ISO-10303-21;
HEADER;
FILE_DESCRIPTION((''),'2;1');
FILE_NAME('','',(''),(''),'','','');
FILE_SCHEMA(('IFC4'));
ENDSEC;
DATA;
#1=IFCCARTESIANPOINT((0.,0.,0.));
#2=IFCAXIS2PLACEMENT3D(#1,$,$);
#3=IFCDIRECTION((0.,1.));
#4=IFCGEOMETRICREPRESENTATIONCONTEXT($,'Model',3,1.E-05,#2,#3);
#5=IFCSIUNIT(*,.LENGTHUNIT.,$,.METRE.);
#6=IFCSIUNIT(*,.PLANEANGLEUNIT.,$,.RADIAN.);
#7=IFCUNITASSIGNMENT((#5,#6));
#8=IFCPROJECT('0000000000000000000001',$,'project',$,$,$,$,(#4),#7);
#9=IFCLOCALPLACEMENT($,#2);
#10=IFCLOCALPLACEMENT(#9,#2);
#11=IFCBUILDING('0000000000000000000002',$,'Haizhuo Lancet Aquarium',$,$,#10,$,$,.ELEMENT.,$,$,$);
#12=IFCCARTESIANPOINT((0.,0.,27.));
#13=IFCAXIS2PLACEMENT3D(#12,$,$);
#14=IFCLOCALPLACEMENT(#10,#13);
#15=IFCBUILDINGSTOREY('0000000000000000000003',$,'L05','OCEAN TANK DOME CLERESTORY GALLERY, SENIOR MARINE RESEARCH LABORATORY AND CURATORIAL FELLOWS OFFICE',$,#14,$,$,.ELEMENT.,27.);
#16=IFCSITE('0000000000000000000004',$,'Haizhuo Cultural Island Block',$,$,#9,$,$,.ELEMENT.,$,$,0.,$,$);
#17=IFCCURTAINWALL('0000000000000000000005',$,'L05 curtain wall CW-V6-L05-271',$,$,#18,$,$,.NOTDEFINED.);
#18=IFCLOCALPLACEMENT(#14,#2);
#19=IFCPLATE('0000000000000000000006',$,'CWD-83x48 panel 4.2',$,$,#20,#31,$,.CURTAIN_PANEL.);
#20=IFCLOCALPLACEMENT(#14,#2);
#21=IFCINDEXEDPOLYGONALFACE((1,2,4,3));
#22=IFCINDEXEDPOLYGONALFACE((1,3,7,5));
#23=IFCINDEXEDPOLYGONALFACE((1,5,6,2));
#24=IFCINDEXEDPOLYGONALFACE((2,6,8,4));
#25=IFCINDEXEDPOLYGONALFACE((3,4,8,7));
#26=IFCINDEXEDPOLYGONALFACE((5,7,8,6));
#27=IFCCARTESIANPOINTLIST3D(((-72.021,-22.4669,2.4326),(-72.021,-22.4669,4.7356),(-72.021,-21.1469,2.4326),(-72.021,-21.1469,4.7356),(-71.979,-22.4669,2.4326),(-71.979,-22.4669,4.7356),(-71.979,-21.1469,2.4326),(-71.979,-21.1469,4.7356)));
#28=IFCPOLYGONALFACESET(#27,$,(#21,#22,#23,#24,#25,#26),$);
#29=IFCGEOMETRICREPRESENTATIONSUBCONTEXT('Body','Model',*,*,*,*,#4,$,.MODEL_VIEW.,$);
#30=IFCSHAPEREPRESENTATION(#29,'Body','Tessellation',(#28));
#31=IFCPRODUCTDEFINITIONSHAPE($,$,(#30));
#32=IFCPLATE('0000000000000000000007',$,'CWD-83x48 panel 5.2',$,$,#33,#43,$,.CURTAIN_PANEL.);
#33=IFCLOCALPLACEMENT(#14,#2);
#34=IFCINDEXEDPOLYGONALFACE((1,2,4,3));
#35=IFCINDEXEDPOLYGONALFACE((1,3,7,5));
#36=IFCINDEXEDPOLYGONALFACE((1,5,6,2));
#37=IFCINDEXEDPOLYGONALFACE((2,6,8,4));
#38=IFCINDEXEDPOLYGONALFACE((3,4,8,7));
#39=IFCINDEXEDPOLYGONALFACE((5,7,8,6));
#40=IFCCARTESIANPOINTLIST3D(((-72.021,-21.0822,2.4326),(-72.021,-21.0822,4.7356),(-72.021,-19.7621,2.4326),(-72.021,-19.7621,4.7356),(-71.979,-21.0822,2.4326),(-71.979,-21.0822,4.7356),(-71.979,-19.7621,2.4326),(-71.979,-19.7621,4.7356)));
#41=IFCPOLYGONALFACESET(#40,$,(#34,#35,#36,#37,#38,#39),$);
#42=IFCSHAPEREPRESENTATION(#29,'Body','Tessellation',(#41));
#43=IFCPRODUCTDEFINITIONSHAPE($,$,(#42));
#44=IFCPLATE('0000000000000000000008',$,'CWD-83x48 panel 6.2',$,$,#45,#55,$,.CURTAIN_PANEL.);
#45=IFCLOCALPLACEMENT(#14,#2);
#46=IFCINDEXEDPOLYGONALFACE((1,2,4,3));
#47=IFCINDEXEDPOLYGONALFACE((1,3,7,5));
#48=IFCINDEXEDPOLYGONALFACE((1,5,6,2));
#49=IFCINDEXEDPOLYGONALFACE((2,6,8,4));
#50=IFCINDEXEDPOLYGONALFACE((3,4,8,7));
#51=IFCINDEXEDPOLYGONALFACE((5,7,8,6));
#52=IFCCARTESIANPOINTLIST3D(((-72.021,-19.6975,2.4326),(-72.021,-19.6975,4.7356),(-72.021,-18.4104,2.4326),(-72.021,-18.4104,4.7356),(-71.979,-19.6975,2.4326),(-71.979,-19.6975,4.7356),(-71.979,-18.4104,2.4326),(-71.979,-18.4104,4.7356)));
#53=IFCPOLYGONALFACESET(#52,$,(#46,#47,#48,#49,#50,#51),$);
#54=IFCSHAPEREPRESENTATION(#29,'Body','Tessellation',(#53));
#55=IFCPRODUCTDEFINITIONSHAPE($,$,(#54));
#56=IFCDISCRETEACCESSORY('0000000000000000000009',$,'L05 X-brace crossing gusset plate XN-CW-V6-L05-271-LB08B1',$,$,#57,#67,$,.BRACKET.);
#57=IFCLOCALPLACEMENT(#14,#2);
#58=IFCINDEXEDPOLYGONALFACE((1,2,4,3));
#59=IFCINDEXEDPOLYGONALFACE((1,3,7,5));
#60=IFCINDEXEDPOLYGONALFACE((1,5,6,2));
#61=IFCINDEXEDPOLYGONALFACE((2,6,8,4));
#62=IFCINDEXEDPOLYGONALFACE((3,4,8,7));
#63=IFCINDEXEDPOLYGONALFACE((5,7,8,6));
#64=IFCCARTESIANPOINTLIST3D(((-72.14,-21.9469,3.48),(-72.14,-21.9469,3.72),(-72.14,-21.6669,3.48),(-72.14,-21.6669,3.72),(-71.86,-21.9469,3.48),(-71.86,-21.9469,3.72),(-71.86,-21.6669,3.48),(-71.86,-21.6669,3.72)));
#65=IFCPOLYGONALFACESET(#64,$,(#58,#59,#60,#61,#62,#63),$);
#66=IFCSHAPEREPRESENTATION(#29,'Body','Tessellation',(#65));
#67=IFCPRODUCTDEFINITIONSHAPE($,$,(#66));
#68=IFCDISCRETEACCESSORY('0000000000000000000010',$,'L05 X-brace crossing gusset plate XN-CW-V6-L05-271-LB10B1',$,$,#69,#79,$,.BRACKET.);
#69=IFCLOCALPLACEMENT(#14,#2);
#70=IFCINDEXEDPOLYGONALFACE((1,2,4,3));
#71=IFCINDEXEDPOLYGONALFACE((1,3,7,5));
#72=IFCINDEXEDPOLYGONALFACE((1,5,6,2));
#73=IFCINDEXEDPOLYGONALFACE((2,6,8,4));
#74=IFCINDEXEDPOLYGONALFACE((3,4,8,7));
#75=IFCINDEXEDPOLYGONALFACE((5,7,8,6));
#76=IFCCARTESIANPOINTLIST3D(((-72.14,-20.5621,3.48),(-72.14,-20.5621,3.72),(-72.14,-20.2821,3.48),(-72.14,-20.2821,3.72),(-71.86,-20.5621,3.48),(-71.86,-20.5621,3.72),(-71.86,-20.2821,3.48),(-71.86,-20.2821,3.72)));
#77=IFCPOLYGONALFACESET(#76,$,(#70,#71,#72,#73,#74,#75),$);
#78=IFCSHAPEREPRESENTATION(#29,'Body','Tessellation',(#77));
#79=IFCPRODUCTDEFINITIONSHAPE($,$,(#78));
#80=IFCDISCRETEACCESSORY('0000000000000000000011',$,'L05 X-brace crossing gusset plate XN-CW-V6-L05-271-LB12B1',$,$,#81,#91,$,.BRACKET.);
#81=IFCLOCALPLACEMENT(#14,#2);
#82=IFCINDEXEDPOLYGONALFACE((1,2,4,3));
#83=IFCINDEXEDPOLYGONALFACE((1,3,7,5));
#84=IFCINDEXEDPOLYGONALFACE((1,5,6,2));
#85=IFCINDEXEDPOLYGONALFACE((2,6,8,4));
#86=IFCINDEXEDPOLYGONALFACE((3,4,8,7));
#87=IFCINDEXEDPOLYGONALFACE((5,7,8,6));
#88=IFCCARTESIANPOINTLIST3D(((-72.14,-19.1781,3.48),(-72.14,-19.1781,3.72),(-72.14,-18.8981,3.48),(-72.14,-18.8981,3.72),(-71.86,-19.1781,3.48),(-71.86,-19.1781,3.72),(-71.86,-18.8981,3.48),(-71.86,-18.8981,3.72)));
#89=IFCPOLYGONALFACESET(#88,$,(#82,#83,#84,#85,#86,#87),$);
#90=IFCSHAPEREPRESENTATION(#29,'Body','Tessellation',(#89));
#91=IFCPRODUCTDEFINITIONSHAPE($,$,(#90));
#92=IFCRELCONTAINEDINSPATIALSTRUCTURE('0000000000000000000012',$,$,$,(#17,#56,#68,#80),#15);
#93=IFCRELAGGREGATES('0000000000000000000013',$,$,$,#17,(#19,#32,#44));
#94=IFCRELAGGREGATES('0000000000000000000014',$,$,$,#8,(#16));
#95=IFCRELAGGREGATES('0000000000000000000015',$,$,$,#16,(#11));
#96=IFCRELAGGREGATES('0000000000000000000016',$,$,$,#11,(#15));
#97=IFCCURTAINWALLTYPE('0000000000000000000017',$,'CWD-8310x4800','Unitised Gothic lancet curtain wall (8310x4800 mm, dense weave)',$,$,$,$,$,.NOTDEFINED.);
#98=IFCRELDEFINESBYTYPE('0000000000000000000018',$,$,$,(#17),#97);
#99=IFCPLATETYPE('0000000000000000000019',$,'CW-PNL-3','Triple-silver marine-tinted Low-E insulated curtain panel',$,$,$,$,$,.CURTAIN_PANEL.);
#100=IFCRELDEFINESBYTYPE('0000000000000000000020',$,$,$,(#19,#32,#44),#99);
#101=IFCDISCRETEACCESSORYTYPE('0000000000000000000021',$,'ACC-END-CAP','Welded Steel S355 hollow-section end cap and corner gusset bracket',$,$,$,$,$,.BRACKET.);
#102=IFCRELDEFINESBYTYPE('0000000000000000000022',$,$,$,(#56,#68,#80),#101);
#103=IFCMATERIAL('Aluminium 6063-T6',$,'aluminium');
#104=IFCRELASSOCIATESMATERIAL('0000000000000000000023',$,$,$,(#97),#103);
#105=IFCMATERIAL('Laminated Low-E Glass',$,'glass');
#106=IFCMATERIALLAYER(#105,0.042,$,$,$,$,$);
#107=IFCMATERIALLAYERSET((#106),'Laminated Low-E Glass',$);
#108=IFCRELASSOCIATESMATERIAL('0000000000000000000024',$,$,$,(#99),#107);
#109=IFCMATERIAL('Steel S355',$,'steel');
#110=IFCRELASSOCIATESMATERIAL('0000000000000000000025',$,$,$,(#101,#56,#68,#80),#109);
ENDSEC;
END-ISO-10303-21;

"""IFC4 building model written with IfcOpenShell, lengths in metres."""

from ifc_helpers import new_model, si_unit, direction, frame, origin, origin_2d, place, context, subcontext, project, spatial, rectangle, extrude, material, layer, layer_set, type_object, element, aggregate, save


model = new_model("IFC4")

# Units and contexts
model_context = context("Model", 3, precision=1e-05, world=origin(), true_north=direction((0.0, 1.0)))
body_context = subcontext(model_context, "Body", "Model", "MODEL_VIEW")
ifc_project = project(units=[si_unit("LENGTHUNIT", "METRE"), si_unit("PLANEANGLEUNIT", "RADIAN")], contexts=[model_context])

# Site, building, storey
site_placement = place(None, origin())
site = spatial("IfcSite", under=ifc_project, at=site_placement, Name="Haizhuo Cultural Island Block", CompositionType="ELEMENT", RefElevation=0.0)
building_placement = place(site_placement, origin())
building = spatial("IfcBuilding", under=site, at=building_placement, Name="Haizhuo Lancet Aquarium", CompositionType="ELEMENT")
storey_placement = place(building_placement, frame((0.0, 0.0, 27.0)))
storey = spatial("IfcBuildingStorey", under=building, at=storey_placement, Name="L05", Description="OCEAN TANK DOME CLERESTORY GALLERY, SENIOR MARINE RESEARCH LABORATORY AND CURATORIAL FELLOWS OFFICE", CompositionType="ELEMENT", Elevation=27.0)

# Curtain wall
ifc_material_1 = material(Name="Aluminium 6063-T6", Category="aluminium")
curtain_wall_type = type_object("IfcCurtainWallType", Name="CWD-8310x4800", Description="Unitised Gothic lancet curtain wall (8310x4800 mm, dense weave)", PredefinedType="NOTDEFINED", material=ifc_material_1)
curtain_wall_placement = place(storey_placement, origin())
curtain_wall = element("IfcCurtainWall", 1, at=curtain_wall_placement, inside=storey, type_object=curtain_wall_type, Name="L05 curtain wall CW-V6-L05-271", PredefinedType="NOTDEFINED")

# Shared definitions
ifc_material_2 = material(Name="Steel S355", Category="steel")

# Plates
ifc_material_3 = material(Name="Laminated Low-E Glass", Category="glass")
ifc_layer = layer(ifc_material_3, 0.042)
ifc_layer_set = layer_set([ifc_layer], Name="Laminated Low-E Glass")
plate_type = type_object("IfcPlateType", Name="CW-PNL-3", Description="Triple-silver marine-tinted Low-E insulated curtain panel", PredefinedType="CURTAIN_PANEL", material=ifc_layer_set)
plate_1_placement = place(storey_placement, frame((-72.0, -21.8069, 2.4326), z_axis=(0.0, 0.0, 1.0), x_axis=(0.0, 1.0, 0.0)))
plate_1 = element("IfcPlate", 2, at=plate_1_placement, type_object=plate_type, Name="CWD-83x48 panel 4.2", PredefinedType="CURTAIN_PANEL", context=body_context, shape_type="SweptSolid", body=[
    extrude(rectangle(XDim=1.3201, YDim=0.042, at=origin_2d()), origin(), (0.0, 0.0, 1.0), 2.303),
])
plate_2_placement = place(storey_placement, frame((-72.0, -20.4221, 2.4326), z_axis=(0.0, 0.0, 1.0), x_axis=(0.0, 1.0, 0.0)))
plate_2 = element("IfcPlate", 3, at=plate_2_placement, type_object=plate_type, Name="CWD-83x48 panel 5.2", PredefinedType="CURTAIN_PANEL", context=body_context, shape_type="SweptSolid", body=[
    extrude(rectangle(XDim=1.3201, YDim=0.042, at=origin_2d()), origin(), (0.0, 0.0, 1.0), 2.303),
])
plate_3_placement = place(storey_placement, frame((-72.0, -19.054, 2.4326), z_axis=(0.0, 0.0, 1.0), x_axis=(0.0, 1.0, 0.0)))
plate_3 = element("IfcPlate", 4, at=plate_3_placement, type_object=plate_type, Name="CWD-83x48 panel 6.2", PredefinedType="CURTAIN_PANEL", context=body_context, shape_type="SweptSolid", body=[
    extrude(rectangle(XDim=1.2871, YDim=0.042, at=origin_2d()), origin(), (0.0, 0.0, 1.0), 2.303),
])
aggregate(curtain_wall, [plate_1, plate_2, plate_3])

# Discrete accessories
discrete_accessory_type = type_object("IfcDiscreteAccessoryType", Name="ACC-END-CAP", Description="Welded Steel S355 hollow-section end cap and corner gusset bracket", PredefinedType="BRACKET", material=ifc_material_2)
for number, where, z_axis, x_axis, name in (
    (5, (-72.0, -21.8069, 3.48), (0.0, 0.0, 1.0), (1.0, 0.0, 0.0), "L05 X-brace crossing gusset plate XN-CW-V6-L05-271-LB08B1"),
    (6, (-72.0, -20.4221, 3.48), (0.0, 0.0, 1.0), (1.0, 0.0, 0.0), "L05 X-brace crossing gusset plate XN-CW-V6-L05-271-LB10B1"),
    (7, (-72.0, -19.0381, 3.48), (0.0, 0.0, 1.0), (1.0, 0.0, 0.0), "L05 X-brace crossing gusset plate XN-CW-V6-L05-271-LB12B1"),
):
    element("IfcDiscreteAccessory", number, at=place(storey_placement, frame(where, z_axis=z_axis, x_axis=x_axis)), inside=storey, type_object=discrete_accessory_type, material=ifc_material_2, Name=name, PredefinedType="BRACKET", context=body_context, shape_type="SweptSolid", body=[
        extrude(rectangle(XDim=0.28, YDim=0.28, at=origin_2d()), origin(), (0.0, 0.0, 1.0), 0.24),
    ])

save(model, "model.ifc")
